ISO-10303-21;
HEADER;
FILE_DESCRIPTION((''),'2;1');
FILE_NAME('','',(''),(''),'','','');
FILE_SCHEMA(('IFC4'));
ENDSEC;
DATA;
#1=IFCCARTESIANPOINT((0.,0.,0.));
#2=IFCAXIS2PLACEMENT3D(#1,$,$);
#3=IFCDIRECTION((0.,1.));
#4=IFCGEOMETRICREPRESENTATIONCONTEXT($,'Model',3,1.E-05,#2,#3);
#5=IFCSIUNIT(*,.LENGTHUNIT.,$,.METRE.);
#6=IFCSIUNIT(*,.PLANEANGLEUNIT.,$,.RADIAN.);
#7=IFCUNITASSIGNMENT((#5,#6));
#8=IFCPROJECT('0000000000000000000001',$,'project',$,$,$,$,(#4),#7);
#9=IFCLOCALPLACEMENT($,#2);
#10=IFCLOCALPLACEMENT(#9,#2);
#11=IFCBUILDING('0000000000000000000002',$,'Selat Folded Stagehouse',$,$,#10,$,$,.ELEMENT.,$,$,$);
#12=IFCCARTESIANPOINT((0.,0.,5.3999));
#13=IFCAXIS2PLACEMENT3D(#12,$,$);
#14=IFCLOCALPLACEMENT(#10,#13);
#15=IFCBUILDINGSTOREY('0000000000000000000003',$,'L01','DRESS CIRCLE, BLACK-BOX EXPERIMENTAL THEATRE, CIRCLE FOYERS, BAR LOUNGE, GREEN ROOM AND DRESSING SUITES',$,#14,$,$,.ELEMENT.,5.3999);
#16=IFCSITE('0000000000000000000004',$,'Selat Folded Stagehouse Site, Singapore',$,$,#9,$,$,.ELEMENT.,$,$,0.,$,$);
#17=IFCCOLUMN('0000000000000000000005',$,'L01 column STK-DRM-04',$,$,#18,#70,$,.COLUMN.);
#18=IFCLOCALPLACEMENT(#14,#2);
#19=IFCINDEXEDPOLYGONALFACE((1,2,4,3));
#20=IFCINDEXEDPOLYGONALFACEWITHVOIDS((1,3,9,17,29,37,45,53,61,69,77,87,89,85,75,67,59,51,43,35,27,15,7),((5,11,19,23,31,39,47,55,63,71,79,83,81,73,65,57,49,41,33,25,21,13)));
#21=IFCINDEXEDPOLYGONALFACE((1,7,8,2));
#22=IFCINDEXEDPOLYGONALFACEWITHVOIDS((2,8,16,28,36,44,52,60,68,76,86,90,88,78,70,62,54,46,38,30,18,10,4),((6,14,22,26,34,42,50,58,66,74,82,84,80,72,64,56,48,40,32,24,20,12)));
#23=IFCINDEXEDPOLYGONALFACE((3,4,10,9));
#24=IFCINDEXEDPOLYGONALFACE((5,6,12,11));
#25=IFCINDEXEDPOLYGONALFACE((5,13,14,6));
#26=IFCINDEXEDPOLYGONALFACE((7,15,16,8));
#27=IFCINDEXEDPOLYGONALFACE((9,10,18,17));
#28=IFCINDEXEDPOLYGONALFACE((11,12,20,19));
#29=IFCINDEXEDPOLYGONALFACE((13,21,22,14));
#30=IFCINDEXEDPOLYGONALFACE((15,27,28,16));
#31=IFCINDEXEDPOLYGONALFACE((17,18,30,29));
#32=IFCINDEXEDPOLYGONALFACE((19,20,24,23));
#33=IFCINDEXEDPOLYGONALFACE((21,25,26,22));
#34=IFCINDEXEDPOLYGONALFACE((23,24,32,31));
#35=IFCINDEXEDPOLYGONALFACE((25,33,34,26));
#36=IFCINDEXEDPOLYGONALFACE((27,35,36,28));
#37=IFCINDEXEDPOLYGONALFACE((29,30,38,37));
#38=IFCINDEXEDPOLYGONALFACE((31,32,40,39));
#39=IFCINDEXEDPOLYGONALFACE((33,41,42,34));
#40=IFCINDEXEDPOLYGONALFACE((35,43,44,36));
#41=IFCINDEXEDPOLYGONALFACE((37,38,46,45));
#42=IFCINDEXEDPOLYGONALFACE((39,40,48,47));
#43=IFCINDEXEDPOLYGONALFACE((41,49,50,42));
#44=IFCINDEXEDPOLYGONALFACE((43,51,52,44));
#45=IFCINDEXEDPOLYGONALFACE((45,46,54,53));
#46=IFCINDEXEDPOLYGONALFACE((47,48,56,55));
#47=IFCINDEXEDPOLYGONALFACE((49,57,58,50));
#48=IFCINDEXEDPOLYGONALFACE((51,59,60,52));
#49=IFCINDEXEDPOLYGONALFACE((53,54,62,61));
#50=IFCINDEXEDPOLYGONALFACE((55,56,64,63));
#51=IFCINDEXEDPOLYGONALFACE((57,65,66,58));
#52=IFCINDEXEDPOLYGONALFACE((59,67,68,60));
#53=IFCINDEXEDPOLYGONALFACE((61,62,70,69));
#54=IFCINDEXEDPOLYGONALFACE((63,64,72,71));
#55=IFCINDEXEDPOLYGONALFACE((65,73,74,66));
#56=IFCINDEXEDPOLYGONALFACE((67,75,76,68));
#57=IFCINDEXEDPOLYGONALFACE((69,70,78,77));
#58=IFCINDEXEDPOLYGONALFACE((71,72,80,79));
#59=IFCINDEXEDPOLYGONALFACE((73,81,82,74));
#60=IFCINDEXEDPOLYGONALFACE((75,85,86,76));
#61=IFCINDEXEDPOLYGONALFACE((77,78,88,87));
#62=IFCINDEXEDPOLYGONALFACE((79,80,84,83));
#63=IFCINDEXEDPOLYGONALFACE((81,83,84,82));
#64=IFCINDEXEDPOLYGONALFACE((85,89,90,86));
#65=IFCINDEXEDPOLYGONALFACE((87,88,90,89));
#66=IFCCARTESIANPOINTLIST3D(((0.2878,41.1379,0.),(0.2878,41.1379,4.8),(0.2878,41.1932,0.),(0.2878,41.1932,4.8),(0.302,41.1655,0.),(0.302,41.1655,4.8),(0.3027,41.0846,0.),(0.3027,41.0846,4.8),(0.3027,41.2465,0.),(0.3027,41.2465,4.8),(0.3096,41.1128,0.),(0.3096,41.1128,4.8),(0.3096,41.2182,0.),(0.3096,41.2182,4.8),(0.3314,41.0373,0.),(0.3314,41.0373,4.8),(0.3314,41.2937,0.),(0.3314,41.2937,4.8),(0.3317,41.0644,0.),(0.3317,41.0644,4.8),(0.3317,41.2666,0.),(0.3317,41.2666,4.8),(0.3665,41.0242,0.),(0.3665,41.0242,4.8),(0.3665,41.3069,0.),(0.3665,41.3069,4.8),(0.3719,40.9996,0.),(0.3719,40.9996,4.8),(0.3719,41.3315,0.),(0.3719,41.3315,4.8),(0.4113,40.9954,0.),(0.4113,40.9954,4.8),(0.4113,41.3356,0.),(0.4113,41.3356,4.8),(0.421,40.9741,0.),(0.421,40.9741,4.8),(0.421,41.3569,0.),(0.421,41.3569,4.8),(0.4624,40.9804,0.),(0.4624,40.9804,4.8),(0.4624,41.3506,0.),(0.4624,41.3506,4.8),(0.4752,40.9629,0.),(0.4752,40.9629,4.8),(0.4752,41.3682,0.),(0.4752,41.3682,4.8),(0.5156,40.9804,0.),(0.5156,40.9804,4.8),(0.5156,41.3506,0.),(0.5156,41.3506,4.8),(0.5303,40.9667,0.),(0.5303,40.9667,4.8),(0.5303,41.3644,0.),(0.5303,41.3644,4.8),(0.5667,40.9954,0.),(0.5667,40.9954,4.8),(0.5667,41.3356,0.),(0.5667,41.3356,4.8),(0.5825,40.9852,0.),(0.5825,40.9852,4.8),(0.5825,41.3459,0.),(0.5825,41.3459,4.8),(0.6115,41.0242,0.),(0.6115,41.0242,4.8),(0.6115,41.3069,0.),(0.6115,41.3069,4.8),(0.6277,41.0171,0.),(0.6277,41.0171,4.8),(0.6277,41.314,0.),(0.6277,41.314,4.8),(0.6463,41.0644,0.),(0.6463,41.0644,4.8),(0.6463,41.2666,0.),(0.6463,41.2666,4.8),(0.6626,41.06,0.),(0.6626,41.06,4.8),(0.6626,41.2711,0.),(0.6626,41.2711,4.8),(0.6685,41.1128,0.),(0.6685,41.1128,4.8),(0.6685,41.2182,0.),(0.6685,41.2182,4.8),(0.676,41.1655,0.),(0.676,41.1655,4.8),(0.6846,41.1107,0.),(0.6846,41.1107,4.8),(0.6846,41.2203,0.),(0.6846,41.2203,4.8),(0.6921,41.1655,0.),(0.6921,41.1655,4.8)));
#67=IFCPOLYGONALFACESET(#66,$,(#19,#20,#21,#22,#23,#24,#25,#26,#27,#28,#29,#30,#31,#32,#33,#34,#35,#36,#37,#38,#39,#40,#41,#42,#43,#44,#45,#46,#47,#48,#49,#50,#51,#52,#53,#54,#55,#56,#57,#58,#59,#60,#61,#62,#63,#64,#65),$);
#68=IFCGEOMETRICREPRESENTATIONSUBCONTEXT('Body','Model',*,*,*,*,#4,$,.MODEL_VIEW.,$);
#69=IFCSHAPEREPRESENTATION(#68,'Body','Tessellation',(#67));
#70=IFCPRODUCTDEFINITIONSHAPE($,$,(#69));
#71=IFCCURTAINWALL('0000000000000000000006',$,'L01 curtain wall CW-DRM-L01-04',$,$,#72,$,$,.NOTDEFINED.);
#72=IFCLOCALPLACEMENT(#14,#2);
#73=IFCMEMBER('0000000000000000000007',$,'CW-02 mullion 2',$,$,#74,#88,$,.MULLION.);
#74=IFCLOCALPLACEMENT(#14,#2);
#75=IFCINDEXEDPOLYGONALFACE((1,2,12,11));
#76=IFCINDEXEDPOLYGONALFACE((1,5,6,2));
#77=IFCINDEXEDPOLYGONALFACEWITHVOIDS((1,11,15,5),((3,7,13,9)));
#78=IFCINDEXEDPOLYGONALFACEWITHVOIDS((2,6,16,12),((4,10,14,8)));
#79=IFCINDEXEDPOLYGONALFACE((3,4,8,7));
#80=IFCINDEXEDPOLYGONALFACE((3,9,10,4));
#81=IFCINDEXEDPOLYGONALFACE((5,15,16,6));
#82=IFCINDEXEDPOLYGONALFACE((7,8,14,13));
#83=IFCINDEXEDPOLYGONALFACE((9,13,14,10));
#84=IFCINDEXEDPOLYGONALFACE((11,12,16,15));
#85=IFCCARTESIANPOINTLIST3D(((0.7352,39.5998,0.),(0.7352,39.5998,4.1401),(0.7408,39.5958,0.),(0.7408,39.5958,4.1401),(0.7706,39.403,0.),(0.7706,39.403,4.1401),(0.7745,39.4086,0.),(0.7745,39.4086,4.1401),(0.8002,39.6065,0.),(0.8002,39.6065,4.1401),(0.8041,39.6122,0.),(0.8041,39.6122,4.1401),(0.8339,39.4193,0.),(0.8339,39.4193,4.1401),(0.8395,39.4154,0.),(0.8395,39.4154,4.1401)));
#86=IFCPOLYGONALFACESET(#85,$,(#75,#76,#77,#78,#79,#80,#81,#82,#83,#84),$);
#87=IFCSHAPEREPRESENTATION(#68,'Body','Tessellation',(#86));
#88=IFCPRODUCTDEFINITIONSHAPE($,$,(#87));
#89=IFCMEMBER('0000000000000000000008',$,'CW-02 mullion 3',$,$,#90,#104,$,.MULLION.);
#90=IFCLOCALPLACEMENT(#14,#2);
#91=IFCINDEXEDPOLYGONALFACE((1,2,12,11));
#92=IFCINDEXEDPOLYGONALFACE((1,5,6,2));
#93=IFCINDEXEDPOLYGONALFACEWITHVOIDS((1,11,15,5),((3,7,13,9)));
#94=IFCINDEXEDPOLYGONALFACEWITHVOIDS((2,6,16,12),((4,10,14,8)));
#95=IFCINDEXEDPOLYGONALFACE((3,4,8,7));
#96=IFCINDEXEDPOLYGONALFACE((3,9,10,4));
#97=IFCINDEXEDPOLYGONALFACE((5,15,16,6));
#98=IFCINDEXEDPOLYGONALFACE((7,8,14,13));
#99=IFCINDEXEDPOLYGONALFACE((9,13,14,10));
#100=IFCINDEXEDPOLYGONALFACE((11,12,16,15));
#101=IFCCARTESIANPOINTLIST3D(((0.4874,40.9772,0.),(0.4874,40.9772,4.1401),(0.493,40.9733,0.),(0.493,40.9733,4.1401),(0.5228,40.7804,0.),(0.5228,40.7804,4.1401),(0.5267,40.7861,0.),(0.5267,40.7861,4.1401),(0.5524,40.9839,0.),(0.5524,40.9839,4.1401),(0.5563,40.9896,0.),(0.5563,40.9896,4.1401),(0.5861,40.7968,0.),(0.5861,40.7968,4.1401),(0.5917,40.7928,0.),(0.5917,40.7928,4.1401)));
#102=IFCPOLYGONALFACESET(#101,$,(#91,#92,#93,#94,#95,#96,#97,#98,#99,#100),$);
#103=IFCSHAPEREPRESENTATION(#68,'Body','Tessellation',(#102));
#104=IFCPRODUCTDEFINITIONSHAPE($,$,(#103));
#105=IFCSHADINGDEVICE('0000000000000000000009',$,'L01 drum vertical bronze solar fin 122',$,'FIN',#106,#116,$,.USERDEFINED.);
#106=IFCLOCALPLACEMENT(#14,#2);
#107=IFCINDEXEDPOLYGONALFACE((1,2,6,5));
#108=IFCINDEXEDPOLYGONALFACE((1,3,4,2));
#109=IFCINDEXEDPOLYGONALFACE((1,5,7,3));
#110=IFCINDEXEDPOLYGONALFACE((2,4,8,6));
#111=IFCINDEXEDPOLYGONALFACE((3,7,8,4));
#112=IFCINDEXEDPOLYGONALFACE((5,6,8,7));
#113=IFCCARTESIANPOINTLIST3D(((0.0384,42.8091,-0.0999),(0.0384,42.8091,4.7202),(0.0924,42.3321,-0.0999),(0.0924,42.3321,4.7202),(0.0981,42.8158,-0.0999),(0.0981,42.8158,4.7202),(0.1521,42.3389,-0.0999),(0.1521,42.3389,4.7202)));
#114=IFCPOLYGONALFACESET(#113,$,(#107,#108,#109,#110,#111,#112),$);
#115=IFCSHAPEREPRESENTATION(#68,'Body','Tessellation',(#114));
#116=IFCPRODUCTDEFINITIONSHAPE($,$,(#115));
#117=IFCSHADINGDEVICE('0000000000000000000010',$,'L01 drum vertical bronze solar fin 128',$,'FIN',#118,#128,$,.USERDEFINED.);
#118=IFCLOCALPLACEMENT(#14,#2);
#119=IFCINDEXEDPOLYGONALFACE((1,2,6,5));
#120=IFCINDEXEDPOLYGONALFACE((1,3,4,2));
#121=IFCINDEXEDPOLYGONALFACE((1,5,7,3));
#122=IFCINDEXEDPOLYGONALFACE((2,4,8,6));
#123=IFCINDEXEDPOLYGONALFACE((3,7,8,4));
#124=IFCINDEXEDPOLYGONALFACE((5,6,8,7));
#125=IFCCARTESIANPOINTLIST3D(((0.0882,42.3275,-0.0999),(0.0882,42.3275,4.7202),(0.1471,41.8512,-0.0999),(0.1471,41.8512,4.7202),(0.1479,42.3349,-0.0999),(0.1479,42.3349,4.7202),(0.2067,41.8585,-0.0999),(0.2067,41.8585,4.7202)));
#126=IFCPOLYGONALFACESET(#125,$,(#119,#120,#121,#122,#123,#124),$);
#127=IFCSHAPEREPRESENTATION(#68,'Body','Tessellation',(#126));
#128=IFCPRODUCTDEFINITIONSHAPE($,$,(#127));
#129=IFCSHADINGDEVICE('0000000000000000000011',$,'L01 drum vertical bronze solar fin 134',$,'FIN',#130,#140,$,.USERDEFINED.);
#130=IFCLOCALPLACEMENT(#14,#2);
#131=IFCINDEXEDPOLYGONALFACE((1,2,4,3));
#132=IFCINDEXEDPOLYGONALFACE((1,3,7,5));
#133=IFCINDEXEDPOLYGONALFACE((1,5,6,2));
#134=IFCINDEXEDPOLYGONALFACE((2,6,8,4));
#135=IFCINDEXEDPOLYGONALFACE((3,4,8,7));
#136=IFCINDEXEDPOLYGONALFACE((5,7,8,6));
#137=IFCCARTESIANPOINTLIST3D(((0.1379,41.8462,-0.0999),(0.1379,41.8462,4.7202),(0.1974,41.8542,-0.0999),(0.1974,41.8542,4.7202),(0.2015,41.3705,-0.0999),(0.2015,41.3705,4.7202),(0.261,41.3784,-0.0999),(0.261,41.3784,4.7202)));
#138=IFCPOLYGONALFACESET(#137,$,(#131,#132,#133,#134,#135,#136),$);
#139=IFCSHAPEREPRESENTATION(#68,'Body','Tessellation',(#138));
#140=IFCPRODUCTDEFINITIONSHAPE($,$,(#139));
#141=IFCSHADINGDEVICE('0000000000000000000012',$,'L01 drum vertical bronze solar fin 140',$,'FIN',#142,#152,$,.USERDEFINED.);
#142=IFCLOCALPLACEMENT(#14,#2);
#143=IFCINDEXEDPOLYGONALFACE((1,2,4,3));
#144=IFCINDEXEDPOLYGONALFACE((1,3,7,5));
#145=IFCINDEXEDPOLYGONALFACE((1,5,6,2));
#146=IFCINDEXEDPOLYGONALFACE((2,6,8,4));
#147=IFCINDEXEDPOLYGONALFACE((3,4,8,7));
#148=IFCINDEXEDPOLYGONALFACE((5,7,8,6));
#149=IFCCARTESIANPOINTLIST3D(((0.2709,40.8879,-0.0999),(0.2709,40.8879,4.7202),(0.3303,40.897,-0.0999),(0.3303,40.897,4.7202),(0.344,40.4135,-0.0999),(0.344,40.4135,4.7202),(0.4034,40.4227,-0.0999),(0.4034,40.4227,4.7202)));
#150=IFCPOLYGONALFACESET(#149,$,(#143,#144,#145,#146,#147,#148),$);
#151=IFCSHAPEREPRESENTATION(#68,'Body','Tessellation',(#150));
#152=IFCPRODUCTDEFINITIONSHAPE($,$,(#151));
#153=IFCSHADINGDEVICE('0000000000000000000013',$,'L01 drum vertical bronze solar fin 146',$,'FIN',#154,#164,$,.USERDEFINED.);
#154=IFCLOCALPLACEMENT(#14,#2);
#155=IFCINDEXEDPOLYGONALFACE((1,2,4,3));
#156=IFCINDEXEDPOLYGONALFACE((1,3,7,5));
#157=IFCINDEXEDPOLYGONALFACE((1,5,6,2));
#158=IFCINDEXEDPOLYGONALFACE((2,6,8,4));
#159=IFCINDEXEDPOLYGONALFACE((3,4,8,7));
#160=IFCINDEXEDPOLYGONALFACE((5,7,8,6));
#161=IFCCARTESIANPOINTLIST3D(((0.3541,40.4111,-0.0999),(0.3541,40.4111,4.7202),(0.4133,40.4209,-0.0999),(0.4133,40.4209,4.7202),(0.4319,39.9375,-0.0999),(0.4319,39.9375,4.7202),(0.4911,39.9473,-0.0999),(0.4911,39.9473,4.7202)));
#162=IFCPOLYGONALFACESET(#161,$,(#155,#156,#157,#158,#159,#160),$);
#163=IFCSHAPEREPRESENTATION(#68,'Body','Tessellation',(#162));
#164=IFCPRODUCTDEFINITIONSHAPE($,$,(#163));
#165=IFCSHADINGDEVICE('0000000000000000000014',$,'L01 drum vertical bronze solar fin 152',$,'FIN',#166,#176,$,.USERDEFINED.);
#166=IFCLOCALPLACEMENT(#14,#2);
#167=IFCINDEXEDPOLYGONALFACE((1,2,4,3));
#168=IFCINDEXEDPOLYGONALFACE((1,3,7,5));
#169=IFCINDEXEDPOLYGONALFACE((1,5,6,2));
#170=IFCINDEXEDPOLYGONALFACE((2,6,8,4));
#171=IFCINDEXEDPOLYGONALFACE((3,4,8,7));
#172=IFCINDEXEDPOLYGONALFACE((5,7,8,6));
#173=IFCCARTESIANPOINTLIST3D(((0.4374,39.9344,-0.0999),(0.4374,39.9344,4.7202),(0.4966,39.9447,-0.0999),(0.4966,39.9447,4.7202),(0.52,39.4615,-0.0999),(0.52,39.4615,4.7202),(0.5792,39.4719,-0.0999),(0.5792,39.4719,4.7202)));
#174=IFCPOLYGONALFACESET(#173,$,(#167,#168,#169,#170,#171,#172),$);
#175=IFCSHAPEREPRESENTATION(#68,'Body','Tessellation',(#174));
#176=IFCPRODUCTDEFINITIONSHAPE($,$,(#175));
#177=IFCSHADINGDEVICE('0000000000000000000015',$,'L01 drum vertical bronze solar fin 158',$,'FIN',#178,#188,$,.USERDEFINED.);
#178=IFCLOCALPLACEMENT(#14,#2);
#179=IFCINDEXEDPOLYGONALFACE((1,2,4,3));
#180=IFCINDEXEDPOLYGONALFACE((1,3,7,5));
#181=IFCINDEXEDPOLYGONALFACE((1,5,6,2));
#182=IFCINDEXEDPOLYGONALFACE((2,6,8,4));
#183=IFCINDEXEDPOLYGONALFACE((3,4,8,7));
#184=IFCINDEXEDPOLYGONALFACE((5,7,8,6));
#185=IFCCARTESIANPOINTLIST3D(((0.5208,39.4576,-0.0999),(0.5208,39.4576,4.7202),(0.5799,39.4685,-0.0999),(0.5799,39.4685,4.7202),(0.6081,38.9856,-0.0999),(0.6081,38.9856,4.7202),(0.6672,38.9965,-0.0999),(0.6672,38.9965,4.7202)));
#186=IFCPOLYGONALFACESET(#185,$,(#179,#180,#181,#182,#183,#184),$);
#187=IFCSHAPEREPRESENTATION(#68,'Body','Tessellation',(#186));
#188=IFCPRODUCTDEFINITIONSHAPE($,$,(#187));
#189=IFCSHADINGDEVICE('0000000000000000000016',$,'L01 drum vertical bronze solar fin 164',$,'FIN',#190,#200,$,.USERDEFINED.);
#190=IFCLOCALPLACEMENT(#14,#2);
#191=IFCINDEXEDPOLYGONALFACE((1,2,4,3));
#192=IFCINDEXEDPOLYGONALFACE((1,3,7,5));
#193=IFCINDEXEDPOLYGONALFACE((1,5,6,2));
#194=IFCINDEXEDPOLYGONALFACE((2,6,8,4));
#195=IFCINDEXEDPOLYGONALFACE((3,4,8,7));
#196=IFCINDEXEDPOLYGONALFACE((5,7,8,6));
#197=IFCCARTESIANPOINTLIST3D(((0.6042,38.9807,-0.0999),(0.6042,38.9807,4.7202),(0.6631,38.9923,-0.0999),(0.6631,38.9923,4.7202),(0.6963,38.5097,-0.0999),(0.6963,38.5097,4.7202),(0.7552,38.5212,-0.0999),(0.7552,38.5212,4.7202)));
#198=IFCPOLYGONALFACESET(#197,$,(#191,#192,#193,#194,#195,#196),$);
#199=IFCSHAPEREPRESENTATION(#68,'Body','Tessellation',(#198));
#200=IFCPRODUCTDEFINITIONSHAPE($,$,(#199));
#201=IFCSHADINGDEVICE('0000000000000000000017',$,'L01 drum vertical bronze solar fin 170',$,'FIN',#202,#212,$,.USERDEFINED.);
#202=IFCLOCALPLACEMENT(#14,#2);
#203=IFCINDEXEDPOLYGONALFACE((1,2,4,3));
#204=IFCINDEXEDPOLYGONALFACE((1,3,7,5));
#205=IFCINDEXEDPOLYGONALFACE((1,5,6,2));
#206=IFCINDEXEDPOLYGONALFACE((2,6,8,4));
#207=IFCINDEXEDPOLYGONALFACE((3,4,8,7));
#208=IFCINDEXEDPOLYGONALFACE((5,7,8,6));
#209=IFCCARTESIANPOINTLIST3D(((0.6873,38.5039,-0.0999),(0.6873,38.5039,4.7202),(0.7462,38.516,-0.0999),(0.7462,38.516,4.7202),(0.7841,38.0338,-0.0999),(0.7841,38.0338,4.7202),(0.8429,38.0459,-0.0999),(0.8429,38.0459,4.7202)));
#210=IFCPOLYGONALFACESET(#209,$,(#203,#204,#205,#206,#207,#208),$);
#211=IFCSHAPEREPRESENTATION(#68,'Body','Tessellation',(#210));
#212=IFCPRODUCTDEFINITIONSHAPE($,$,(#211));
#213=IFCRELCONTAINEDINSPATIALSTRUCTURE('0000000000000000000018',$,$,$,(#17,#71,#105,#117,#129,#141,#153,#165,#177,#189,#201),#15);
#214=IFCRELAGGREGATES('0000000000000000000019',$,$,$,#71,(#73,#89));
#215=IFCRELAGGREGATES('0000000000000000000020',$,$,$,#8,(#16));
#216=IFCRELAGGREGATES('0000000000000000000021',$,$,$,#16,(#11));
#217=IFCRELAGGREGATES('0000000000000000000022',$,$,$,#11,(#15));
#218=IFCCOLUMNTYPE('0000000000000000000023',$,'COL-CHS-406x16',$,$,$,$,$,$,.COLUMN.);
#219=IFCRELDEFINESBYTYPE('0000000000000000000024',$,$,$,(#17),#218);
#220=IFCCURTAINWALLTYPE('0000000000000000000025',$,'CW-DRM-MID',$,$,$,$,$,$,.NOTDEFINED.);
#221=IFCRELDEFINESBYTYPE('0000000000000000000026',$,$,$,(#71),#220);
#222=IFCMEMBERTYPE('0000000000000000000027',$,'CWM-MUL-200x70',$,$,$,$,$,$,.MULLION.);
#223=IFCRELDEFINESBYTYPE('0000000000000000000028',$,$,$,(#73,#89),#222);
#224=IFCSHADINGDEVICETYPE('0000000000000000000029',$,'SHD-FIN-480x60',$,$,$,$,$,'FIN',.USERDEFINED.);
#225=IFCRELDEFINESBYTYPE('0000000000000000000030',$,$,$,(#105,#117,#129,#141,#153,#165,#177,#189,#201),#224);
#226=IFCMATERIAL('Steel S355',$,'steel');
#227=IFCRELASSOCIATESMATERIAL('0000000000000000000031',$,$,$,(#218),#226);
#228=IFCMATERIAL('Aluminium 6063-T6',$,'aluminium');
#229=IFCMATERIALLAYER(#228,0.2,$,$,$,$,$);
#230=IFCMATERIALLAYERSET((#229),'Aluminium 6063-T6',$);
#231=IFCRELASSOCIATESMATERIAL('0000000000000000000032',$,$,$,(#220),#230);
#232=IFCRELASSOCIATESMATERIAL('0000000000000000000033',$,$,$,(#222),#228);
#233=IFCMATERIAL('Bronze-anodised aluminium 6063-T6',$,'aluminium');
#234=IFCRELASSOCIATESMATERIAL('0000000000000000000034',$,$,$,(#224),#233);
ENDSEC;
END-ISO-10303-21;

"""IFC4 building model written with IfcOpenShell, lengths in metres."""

from ifc_helpers import new_model, si_unit, direction, frame, origin, origin_2d, place, context, subcontext, project, spatial, rectangle, hollow_rectangle, hollow_circle, extrude, material, layer, layer_set, material_profile, profile_set, type_object, element, aggregate, save


model = new_model("IFC4")

# Units and contexts
model_context = context("Model", 3, precision=1e-05, world=origin(), true_north=direction((0.0, 1.0)))
body_context = subcontext(model_context, "Body", "Model", "MODEL_VIEW")
ifc_project = project(units=[si_unit("LENGTHUNIT", "METRE"), si_unit("PLANEANGLEUNIT", "RADIAN")], contexts=[model_context])

# Site, building, storey
site_placement = place(None, origin())
site = spatial("IfcSite", under=ifc_project, at=site_placement, Name="Selat Folded Stagehouse Site, Singapore", CompositionType="ELEMENT", RefElevation=0.0)
building_placement = place(site_placement, origin())
building = spatial("IfcBuilding", under=site, at=building_placement, Name="Selat Folded Stagehouse", CompositionType="ELEMENT")
storey_placement = place(building_placement, frame((0.0, 0.0, 5.3999)))
storey = spatial("IfcBuildingStorey", under=building, at=storey_placement, Name="L01", Description="DRESS CIRCLE, BLACK-BOX EXPERIMENTAL THEATRE, CIRCLE FOYERS, BAR LOUNGE, GREEN ROOM AND DRESSING SUITES", CompositionType="ELEMENT", Elevation=5.3999)

# Column
ifc_material_1 = material(Name="Steel S355", Category="steel")
ifc_material_profile_1 = material_profile(ifc_material_1, hollow_circle(Radius=0.2031, WallThickness=0.0161, at=origin_2d()), Name="CHS 406.4x16.0")
ifc_profile_set_1 = profile_set([ifc_material_profile_1], Name="Steel S355")
column_type = type_object("IfcColumnType", Name="COL-CHS-406x16", PredefinedType="COLUMN", material=ifc_profile_set_1)
column_placement = place(storey_placement, frame((0.489, 41.1655, 0.0), z_axis=(0.0, 0.0, 1.0), x_axis=(1.0, 0.0, 0.0)))
element("IfcColumn", 1, at=column_placement, inside=storey, type_object=column_type, Name="L01 column STK-DRM-04", PredefinedType="COLUMN", context=body_context, shape_type="SweptSolid", body=[
    extrude(hollow_circle(Radius=0.2031, WallThickness=0.0161, at=origin_2d()), origin(), (0.0, 0.0, 1.0), 4.8),
])

# Curtain wall, members
ifc_material_2 = material(Name="Aluminium 6063-T6", Category="aluminium")
ifc_layer = layer(ifc_material_2, 0.2)
ifc_layer_set = layer_set([ifc_layer], Name="Aluminium 6063-T6")
curtain_wall_type = type_object("IfcCurtainWallType", Name="CW-DRM-MID", PredefinedType="NOTDEFINED", material=ifc_layer_set)
curtain_wall_placement = place(storey_placement, origin())
curtain_wall = element("IfcCurtainWall", 2, at=curtain_wall_placement, inside=storey, type_object=curtain_wall_type, Name="L01 curtain wall CW-DRM-L01-04", PredefinedType="NOTDEFINED")
ifc_material_profile_2 = material_profile(ifc_material_2, hollow_rectangle(XDim=0.0701, YDim=0.2, WallThickness=0.0049, at=origin_2d()), Name="ALU 200x70x5.0")
ifc_profile_set_2 = profile_set([ifc_material_profile_2], Name="Aluminium 6063-T6")
member_type = type_object("IfcMemberType", Name="CWM-MUL-200x70", PredefinedType="MULLION", material=ifc_profile_set_2)
member_1_placement = place(storey_placement, frame((0.7874, 39.5076, 0.0), z_axis=(0.0, 0.0, 1.0), x_axis=(-0.984211, -0.177002, 0.0)))
member_1 = element("IfcMember", 3, at=member_1_placement, type_object=member_type, Name="CW-02 mullion 2", PredefinedType="MULLION", context=body_context, shape_type="SweptSolid", body=[
    extrude(hollow_rectangle(XDim=0.0701, YDim=0.2, WallThickness=0.0049, at=origin_2d()), origin(), (0.0, 0.0, 1.0), 4.1401),
])
member_2_placement = place(storey_placement, frame((0.5396, 40.885, 0.0), z_axis=(0.0, 0.0, 1.0), x_axis=(-0.984211, -0.177002, 0.0)))
member_2 = element("IfcMember", 4, at=member_2_placement, type_object=member_type, Name="CW-02 mullion 3", PredefinedType="MULLION", context=body_context, shape_type="SweptSolid", body=[
    extrude(hollow_rectangle(XDim=0.0701, YDim=0.2, WallThickness=0.0049, at=origin_2d()), origin(), (0.0, 0.0, 1.0), 4.1401),
])
aggregate(curtain_wall, [member_1, member_2])

# Shading devices
ifc_material_3 = material(Name="Bronze-anodised aluminium 6063-T6", Category="aluminium")
ifc_material_profile_3 = material_profile(ifc_material_3, rectangle(XDim=0.0601, YDim=0.48, at=origin_2d()), Name="SOLAR-FIN 480x60")
ifc_profile_set_3 = profile_set([ifc_material_profile_3], Name="Bronze-anodised aluminium 6063-T6")
shading_device_type = type_object("IfcShadingDeviceType", Name="SHD-FIN-480x60", ElementType="FIN", PredefinedType="USERDEFINED", material=ifc_profile_set_3)
for number, where, z_axis, x_axis, name in (
    (5, (0.0952, 42.574, -0.0999), (0.0, 0.0, 1.0), (-0.993651, -0.11251, 0.0), "L01 drum vertical bronze solar fin 122"),
    (6, (0.1475, 42.093, -0.0999), (0.0, 0.0, 1.0), (-0.992461, -0.122562, 0.0), "L01 drum vertical bronze solar fin 128"),
    (7, (0.1995, 41.6123, -0.0999), (0.0, 0.0, 1.0), (-0.991192, -0.132429, 0.0), "L01 drum vertical bronze solar fin 134"),
    (8, (0.3372, 40.6553, -0.0999), (0.0, 0.0, 1.0), (-0.988335, -0.152296, 0.0), "L01 drum vertical bronze solar fin 140"),
    (9, (0.4226, 40.1792, -0.0999), (0.0, 0.0, 1.0), (-0.986771, -0.162121, 0.0), "L01 drum vertical bronze solar fin 146"),
    (10, (0.5083, 39.7031, -0.0999), (0.0, 0.0, 1.0), (-0.985079, -0.172101, 0.0), "L01 drum vertical bronze solar fin 152"),
    (11, (0.594, 39.2271, -0.0999), (0.0, 0.0, 1.0), (-0.983318, -0.181892, 0.0), "L01 drum vertical bronze solar fin 158"),
    (12, (0.6797, 38.751, -0.0999), (0.0, 0.0, 1.0), (-0.981427, -0.191837, 0.0), "L01 drum vertical bronze solar fin 164"),
    (13, (0.7651, 38.2749, -0.0999), (0.0, 0.0, 1.0), (-0.97947, -0.201591, 0.0), "L01 drum vertical bronze solar fin 170"),
):
    element("IfcShadingDevice", number, at=place(storey_placement, frame(where, z_axis=z_axis, x_axis=x_axis)), inside=storey, type_object=shading_device_type, Name=name, ObjectType="FIN", PredefinedType="USERDEFINED", context=body_context, shape_type="SweptSolid", body=[
        extrude(rectangle(XDim=0.0601, YDim=0.48, at=origin_2d()), origin(), (0.0, 0.0, 1.0), 4.8201),
    ])

save(model, "model.ifc")
